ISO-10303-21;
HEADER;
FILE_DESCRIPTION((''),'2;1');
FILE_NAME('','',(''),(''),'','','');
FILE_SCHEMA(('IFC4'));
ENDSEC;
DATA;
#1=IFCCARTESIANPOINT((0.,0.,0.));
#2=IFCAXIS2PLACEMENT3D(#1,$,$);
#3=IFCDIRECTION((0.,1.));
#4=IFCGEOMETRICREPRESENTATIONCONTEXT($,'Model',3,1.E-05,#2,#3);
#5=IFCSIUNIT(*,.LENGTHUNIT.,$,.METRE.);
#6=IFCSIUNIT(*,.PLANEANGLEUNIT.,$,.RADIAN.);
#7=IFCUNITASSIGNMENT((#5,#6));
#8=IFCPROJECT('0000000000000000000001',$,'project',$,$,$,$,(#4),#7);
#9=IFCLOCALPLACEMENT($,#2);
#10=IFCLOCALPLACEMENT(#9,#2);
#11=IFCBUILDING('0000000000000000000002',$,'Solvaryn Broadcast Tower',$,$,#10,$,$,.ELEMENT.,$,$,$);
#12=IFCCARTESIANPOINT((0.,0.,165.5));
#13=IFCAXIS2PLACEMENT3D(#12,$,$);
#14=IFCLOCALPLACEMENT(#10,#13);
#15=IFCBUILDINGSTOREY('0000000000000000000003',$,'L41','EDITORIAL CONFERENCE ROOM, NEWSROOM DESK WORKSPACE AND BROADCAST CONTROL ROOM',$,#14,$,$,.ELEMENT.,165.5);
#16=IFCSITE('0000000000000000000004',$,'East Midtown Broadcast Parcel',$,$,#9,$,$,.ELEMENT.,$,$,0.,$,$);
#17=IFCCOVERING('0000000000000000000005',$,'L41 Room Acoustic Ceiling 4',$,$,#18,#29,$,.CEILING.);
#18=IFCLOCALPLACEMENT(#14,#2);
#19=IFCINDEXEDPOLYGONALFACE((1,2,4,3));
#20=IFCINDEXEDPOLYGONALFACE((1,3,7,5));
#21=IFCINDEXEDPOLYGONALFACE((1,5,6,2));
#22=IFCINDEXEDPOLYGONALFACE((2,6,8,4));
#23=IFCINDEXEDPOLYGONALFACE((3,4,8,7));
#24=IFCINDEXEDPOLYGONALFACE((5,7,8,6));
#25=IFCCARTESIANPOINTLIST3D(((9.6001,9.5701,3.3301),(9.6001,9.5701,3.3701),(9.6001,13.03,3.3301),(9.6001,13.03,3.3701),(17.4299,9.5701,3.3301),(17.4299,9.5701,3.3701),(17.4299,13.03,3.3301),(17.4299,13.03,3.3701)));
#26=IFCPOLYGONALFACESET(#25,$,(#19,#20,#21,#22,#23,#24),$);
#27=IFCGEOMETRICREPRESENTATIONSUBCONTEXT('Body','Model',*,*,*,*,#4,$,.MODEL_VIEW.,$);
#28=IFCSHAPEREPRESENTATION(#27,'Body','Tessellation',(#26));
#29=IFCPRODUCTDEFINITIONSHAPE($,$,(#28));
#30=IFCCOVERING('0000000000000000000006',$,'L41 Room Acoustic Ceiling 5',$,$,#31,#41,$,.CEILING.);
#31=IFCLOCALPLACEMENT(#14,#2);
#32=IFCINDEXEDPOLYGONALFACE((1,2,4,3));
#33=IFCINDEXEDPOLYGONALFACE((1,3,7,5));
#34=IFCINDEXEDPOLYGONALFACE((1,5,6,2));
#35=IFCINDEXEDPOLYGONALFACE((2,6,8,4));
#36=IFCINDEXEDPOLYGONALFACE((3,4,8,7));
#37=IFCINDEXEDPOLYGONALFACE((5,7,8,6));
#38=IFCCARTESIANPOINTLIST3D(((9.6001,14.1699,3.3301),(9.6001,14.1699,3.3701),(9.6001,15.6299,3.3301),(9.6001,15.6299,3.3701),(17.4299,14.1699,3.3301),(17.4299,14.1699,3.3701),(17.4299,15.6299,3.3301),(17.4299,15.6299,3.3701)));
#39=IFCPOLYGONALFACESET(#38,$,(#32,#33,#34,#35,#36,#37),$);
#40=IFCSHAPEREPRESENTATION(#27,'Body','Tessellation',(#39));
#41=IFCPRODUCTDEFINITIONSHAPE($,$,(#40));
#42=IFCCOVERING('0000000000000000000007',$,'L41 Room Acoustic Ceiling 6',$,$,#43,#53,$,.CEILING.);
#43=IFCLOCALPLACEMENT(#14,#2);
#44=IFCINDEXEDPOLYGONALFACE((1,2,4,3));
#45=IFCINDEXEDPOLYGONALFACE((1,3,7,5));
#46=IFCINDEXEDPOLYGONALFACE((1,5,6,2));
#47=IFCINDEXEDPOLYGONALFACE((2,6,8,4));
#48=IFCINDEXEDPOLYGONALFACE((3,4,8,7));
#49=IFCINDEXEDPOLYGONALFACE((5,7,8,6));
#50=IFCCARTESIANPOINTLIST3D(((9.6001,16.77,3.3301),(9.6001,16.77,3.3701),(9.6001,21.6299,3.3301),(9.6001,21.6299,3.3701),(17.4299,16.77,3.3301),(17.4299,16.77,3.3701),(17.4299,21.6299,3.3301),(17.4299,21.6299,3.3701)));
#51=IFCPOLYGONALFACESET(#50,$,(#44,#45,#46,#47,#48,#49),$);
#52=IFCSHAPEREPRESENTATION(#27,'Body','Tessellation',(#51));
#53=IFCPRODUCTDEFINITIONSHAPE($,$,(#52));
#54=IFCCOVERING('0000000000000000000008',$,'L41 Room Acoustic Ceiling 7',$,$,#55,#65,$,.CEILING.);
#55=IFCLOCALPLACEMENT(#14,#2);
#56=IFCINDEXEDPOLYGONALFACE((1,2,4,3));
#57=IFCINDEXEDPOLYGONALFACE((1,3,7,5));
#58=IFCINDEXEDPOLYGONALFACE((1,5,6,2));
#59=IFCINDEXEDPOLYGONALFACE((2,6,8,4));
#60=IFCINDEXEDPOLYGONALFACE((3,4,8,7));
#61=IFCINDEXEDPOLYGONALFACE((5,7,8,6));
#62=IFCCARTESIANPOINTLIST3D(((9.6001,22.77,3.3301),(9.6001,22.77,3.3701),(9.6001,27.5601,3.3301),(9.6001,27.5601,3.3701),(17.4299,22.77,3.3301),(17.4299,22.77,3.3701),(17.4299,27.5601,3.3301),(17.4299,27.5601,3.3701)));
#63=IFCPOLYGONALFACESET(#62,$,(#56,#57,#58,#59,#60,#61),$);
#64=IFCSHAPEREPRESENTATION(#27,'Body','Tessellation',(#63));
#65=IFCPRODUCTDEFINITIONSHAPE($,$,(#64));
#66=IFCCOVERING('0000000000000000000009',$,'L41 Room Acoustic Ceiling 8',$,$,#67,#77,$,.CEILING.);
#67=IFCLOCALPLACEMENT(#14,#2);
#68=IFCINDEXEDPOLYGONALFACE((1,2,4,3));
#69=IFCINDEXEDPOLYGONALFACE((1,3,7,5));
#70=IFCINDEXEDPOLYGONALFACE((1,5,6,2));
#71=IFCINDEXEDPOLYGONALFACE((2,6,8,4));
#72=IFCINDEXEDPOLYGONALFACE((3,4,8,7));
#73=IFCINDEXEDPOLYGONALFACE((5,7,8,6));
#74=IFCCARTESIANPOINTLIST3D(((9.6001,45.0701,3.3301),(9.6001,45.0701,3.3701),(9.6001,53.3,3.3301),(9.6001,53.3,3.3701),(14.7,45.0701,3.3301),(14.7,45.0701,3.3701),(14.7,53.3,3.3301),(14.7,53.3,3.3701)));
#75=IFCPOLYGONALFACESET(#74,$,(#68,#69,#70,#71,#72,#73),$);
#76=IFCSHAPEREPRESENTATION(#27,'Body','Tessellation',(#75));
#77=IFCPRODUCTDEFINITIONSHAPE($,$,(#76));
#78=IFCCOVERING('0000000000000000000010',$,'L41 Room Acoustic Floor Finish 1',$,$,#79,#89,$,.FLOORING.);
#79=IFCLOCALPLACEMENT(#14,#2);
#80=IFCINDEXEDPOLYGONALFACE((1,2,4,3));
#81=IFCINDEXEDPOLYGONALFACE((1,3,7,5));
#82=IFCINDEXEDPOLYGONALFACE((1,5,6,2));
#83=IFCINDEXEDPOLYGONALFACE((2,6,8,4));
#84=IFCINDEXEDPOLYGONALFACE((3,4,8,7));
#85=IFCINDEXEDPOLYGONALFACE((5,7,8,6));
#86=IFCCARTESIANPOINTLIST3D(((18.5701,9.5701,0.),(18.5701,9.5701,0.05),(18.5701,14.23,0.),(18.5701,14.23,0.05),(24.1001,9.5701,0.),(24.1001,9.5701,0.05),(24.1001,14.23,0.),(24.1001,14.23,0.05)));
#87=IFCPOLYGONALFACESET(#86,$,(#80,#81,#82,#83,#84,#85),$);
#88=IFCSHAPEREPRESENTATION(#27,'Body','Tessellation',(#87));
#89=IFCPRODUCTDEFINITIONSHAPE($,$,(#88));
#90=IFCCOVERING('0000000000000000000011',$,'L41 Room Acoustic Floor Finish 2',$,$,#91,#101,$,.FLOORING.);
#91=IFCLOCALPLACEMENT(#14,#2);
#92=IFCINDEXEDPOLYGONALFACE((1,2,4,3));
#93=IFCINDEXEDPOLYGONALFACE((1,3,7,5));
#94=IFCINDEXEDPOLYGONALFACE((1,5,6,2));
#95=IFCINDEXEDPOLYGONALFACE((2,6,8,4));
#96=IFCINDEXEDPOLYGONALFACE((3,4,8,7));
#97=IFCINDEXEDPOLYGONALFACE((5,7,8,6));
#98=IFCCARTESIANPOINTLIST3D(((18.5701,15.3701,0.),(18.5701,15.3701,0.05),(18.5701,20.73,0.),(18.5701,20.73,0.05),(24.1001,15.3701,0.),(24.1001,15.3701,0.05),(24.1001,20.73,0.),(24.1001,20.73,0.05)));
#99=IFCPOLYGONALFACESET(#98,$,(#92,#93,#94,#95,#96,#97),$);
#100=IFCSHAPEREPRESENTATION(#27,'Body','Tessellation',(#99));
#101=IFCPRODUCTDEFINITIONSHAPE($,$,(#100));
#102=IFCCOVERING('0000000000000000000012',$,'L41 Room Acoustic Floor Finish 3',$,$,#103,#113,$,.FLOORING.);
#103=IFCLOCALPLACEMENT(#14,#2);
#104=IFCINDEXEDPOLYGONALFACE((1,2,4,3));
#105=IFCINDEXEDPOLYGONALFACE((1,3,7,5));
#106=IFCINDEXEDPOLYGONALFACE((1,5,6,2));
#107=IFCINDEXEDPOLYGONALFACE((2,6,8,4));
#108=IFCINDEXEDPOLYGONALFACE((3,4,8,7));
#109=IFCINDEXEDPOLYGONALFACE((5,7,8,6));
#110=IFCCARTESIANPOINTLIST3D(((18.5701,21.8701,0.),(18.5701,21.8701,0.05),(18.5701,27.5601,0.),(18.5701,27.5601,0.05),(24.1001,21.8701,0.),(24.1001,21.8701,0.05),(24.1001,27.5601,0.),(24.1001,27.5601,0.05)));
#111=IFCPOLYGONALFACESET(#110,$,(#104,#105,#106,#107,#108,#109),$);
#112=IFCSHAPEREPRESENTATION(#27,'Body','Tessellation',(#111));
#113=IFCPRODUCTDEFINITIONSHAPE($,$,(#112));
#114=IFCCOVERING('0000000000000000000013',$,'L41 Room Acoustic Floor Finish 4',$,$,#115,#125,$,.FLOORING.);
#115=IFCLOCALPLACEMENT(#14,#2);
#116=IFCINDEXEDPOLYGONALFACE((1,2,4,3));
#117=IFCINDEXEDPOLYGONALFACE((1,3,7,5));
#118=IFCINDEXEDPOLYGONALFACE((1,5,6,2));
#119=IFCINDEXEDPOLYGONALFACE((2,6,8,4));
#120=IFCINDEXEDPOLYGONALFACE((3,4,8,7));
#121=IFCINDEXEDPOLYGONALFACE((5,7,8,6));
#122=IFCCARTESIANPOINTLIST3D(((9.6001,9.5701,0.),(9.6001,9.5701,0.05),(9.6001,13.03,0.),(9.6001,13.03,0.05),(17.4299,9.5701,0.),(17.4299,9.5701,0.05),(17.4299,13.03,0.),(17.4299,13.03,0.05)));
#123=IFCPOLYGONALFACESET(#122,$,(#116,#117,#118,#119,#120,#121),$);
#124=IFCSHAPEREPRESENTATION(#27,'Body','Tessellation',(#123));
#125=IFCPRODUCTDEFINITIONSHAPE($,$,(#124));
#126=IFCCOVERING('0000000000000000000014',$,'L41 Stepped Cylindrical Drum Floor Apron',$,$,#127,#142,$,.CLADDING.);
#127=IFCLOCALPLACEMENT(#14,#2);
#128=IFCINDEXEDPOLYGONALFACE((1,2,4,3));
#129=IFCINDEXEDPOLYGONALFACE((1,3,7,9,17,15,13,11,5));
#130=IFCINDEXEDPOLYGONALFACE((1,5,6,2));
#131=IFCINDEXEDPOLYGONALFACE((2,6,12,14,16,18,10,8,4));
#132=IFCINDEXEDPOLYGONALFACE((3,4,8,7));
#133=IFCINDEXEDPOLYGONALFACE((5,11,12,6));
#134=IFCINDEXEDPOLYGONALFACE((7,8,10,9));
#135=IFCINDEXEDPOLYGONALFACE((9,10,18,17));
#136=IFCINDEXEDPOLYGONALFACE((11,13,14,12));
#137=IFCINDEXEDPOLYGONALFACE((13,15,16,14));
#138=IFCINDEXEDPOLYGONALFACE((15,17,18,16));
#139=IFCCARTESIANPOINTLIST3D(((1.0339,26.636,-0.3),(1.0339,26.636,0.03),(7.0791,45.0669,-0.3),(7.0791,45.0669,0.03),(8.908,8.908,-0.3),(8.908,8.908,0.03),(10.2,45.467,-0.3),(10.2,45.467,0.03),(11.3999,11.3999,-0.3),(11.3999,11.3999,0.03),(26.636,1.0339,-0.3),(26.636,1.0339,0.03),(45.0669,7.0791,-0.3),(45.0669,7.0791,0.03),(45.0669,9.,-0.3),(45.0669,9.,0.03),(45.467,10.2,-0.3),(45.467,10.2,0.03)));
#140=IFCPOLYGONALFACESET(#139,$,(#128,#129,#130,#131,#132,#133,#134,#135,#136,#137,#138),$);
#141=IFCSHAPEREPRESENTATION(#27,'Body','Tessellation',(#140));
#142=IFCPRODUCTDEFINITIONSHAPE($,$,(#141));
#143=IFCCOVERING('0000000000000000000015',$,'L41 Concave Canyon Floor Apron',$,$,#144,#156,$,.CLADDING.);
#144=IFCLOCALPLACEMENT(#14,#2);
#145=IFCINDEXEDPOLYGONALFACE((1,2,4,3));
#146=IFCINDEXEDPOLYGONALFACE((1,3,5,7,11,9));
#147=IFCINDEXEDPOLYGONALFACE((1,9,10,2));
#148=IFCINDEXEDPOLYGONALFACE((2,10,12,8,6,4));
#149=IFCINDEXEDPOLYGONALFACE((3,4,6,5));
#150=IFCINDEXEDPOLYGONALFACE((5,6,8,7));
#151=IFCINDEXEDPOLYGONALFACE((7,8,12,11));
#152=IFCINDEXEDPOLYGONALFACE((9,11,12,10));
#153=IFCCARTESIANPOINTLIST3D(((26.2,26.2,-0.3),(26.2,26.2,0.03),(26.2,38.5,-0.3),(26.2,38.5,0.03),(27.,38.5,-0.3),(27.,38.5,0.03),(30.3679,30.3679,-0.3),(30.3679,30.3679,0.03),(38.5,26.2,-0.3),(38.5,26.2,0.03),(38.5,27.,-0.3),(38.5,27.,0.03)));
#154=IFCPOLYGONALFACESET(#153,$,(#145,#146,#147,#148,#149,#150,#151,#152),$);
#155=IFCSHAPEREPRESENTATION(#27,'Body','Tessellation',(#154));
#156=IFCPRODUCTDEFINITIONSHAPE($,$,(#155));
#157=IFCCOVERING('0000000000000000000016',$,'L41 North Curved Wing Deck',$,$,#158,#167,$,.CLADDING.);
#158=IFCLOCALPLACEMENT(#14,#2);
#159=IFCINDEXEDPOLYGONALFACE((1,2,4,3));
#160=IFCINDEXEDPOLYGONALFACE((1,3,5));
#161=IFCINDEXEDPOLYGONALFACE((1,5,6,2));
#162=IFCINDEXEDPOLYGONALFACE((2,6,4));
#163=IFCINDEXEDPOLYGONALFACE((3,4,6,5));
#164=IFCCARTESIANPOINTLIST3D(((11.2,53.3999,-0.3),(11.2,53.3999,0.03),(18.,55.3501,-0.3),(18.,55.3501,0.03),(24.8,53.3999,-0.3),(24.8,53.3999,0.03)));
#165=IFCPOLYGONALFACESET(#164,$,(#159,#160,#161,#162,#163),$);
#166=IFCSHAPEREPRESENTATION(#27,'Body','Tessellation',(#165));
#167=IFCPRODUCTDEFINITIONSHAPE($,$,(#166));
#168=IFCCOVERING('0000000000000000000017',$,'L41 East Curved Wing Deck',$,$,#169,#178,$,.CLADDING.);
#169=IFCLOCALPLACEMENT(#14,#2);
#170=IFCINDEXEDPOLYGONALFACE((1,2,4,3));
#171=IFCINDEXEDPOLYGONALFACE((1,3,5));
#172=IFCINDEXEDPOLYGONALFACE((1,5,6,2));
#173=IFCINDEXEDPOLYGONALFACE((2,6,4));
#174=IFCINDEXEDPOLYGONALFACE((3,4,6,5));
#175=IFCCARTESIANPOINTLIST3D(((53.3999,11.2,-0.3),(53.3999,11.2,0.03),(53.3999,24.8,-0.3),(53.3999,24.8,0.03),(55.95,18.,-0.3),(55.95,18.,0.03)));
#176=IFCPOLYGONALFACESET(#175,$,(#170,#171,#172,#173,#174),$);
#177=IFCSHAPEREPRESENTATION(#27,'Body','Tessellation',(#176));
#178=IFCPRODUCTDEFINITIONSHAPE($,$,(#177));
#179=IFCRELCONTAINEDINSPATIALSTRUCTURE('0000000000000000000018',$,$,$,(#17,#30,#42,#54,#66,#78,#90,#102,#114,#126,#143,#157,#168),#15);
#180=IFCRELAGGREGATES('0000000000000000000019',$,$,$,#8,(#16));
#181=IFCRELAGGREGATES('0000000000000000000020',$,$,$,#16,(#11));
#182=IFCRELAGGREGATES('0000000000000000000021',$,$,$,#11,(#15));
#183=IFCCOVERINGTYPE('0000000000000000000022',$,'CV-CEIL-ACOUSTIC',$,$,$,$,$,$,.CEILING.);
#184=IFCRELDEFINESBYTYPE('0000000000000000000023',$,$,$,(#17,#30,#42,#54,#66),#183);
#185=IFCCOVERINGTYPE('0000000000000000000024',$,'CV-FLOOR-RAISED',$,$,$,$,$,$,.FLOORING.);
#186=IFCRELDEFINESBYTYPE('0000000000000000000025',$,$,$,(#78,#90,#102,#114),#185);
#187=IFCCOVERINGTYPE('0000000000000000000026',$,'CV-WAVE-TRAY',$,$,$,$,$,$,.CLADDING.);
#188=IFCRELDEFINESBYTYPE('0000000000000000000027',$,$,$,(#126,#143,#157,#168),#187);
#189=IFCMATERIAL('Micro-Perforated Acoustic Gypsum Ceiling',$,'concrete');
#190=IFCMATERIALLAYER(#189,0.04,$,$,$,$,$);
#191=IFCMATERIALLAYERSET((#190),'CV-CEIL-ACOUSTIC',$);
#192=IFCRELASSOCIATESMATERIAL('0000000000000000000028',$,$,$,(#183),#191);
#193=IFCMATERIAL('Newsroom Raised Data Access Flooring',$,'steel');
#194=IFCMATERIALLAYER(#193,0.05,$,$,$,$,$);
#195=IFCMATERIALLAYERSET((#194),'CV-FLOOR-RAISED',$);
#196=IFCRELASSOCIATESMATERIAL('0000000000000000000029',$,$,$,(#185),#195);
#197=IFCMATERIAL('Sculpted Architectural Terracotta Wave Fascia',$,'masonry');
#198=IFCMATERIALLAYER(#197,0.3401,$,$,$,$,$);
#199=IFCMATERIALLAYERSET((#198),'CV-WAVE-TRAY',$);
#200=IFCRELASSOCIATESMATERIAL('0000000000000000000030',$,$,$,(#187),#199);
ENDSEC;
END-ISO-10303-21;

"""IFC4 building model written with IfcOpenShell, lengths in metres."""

from ifc_helpers import new_model, si_unit, direction, frame, origin, place, context, subcontext, project, spatial, polyline, outline, extrude, material, layer, layer_set, type_object, element, save


model = new_model("IFC4")

# Units and contexts
model_context = context("Model", 3, precision=1e-05, world=origin(), true_north=direction((0.0, 1.0)))
body_context = subcontext(model_context, "Body", "Model", "MODEL_VIEW")
ifc_project = project(units=[si_unit("LENGTHUNIT", "METRE"), si_unit("PLANEANGLEUNIT", "RADIAN")], contexts=[model_context])

# Site, building, storey
site_placement = place(None, origin())
site = spatial("IfcSite", under=ifc_project, at=site_placement, Name="East Midtown Broadcast Parcel", CompositionType="ELEMENT", RefElevation=0.0)
building_placement = place(site_placement, origin())
building = spatial("IfcBuilding", under=site, at=building_placement, Name="Solvaryn Broadcast Tower", CompositionType="ELEMENT")
storey_placement = place(building_placement, frame((0.0, 0.0, 165.5)))
storey = spatial("IfcBuildingStorey", under=building, at=storey_placement, Name="L41", Description="EDITORIAL CONFERENCE ROOM, NEWSROOM DESK WORKSPACE AND BROADCAST CONTROL ROOM", CompositionType="ELEMENT", Elevation=165.5)

# Coverings
ifc_material_1 = material(Name="Micro-Perforated Acoustic Gypsum Ceiling", Category="concrete")
ifc_layer_1 = layer(ifc_material_1, 0.04)
ifc_layer_set_1 = layer_set([ifc_layer_1], Name="CV-CEIL-ACOUSTIC")
covering_type_1 = type_object("IfcCoveringType", Name="CV-CEIL-ACOUSTIC", PredefinedType="CEILING", material=ifc_layer_set_1)
covering_1_placement = place(storey_placement, frame((0.0, 0.0, 3.3301)))
element("IfcCovering", 1, at=covering_1_placement, inside=storey, type_object=covering_type_1, Name="L41 Room Acoustic Ceiling 4", PredefinedType="CEILING", context=body_context, shape_type="SweptSolid", body=[
    extrude(outline(polyline([(9.6001, 9.5701), (17.4299, 9.5701), (17.4299, 13.03), (9.6001, 13.03), (9.6001, 9.5701)])), origin(), (0.0, 0.0, 1.0), 0.04),
])
covering_2_placement = place(storey_placement, frame((0.0, 0.0, 3.3301)))
element("IfcCovering", 2, at=covering_2_placement, inside=storey, type_object=covering_type_1, Name="L41 Room Acoustic Ceiling 5", PredefinedType="CEILING", context=body_context, shape_type="SweptSolid", body=[
    extrude(outline(polyline([(9.6001, 14.1699), (17.4299, 14.1699), (17.4299, 15.6299), (9.6001, 15.6299), (9.6001, 14.1699)])), origin(), (0.0, 0.0, 1.0), 0.04),
])
covering_3_placement = place(storey_placement, frame((0.0, 0.0, 3.3301)))
element("IfcCovering", 3, at=covering_3_placement, inside=storey, type_object=covering_type_1, Name="L41 Room Acoustic Ceiling 6", PredefinedType="CEILING", context=body_context, shape_type="SweptSolid", body=[
    extrude(outline(polyline([(9.6001, 16.77), (17.4299, 16.77), (17.4299, 21.6299), (9.6001, 21.6299), (9.6001, 16.77)])), origin(), (0.0, 0.0, 1.0), 0.04),
])
covering_4_placement = place(storey_placement, frame((0.0, 0.0, 3.3301)))
element("IfcCovering", 4, at=covering_4_placement, inside=storey, type_object=covering_type_1, Name="L41 Room Acoustic Ceiling 7", PredefinedType="CEILING", context=body_context, shape_type="SweptSolid", body=[
    extrude(outline(polyline([(9.6001, 22.77), (17.4299, 22.77), (17.4299, 27.5601), (9.6001, 27.5601), (9.6001, 22.77)])), origin(), (0.0, 0.0, 1.0), 0.04),
])
covering_5_placement = place(storey_placement, frame((0.0, 0.0, 3.3301)))
element("IfcCovering", 5, at=covering_5_placement, inside=storey, type_object=covering_type_1, Name="L41 Room Acoustic Ceiling 8", PredefinedType="CEILING", context=body_context, shape_type="SweptSolid", body=[
    extrude(outline(polyline([(9.6001, 45.0701), (14.7, 45.0701), (14.7, 53.3), (9.6001, 53.3), (9.6001, 45.0701)])), origin(), (0.0, 0.0, 1.0), 0.04),
])
ifc_material_2 = material(Name="Newsroom Raised Data Access Flooring", Category="steel")
ifc_layer_2 = layer(ifc_material_2, 0.05)
ifc_layer_set_2 = layer_set([ifc_layer_2], Name="CV-FLOOR-RAISED")
covering_type_2 = type_object("IfcCoveringType", Name="CV-FLOOR-RAISED", PredefinedType="FLOORING", material=ifc_layer_set_2)
covering_6_placement = place(storey_placement, origin())
element("IfcCovering", 6, at=covering_6_placement, inside=storey, type_object=covering_type_2, Name="L41 Room Acoustic Floor Finish 1", PredefinedType="FLOORING", context=body_context, shape_type="SweptSolid", body=[
    extrude(outline(polyline([(18.5701, 9.5701), (24.1001, 9.5701), (24.1001, 14.23), (18.5701, 14.23), (18.5701, 9.5701)])), origin(), (0.0, 0.0, 1.0), 0.05),
])
covering_7_placement = place(storey_placement, origin())
element("IfcCovering", 7, at=covering_7_placement, inside=storey, type_object=covering_type_2, Name="L41 Room Acoustic Floor Finish 2", PredefinedType="FLOORING", context=body_context, shape_type="SweptSolid", body=[
    extrude(outline(polyline([(18.5701, 15.3701), (24.1001, 15.3701), (24.1001, 20.73), (18.5701, 20.73), (18.5701, 15.3701)])), origin(), (0.0, 0.0, 1.0), 0.05),
])
covering_8_placement = place(storey_placement, origin())
element("IfcCovering", 8, at=covering_8_placement, inside=storey, type_object=covering_type_2, Name="L41 Room Acoustic Floor Finish 3", PredefinedType="FLOORING", context=body_context, shape_type="SweptSolid", body=[
    extrude(outline(polyline([(18.5701, 21.8701), (24.1001, 21.8701), (24.1001, 27.5601), (18.5701, 27.5601), (18.5701, 21.8701)])), origin(), (0.0, 0.0, 1.0), 0.05),
])
covering_9_placement = place(storey_placement, origin())
element("IfcCovering", 9, at=covering_9_placement, inside=storey, type_object=covering_type_2, Name="L41 Room Acoustic Floor Finish 4", PredefinedType="FLOORING", context=body_context, shape_type="SweptSolid", body=[
    extrude(outline(polyline([(9.6001, 9.5701), (17.4299, 9.5701), (17.4299, 13.03), (9.6001, 13.03), (9.6001, 9.5701)])), origin(), (0.0, 0.0, 1.0), 0.05),
])
ifc_material_3 = material(Name="Sculpted Architectural Terracotta Wave Fascia", Category="masonry")
ifc_layer_3 = layer(ifc_material_3, 0.3401)
ifc_layer_set_3 = layer_set([ifc_layer_3], Name="CV-WAVE-TRAY")
covering_type_3 = type_object("IfcCoveringType", Name="CV-WAVE-TRAY", PredefinedType="CLADDING", material=ifc_layer_set_3)
covering_10_placement = place(storey_placement, frame((0.0, 0.0, -0.3)))
element("IfcCovering", 10, at=covering_10_placement, inside=storey, type_object=covering_type_3, Name="L41 Stepped Cylindrical Drum Floor Apron", PredefinedType="CLADDING", context=body_context, shape_type="SweptSolid", body=[
    extrude(outline(polyline([(10.2, 45.467), (7.0791, 45.0669), (1.0339, 26.636), (8.908, 8.908), (26.636, 1.0339), (45.0669, 7.0791), (45.0669, 9.0), (45.467, 10.2), (11.3999, 11.3999), (10.2, 45.467)])), origin(), (0.0, 0.0, 1.0), 0.3301),
])
covering_11_placement = place(storey_placement, frame((0.0, 0.0, -0.3)))
element("IfcCovering", 11, at=covering_11_placement, inside=storey, type_object=covering_type_3, Name="L41 Concave Canyon Floor Apron", PredefinedType="CLADDING", context=body_context, shape_type="SweptSolid", body=[
    extrude(outline(polyline([(26.2, 26.2), (38.5, 26.2), (38.5, 27.0), (30.3679, 30.3679), (27.0, 38.5), (26.2, 38.5), (26.2, 26.2)])), origin(), (0.0, 0.0, 1.0), 0.3301),
])
covering_12_placement = place(storey_placement, frame((0.0, 0.0, -0.3)))
element("IfcCovering", 12, at=covering_12_placement, inside=storey, type_object=covering_type_3, Name="L41 North Curved Wing Deck", PredefinedType="CLADDING", context=body_context, shape_type="SweptSolid", body=[
    extrude(outline(polyline([(11.2, 53.3999), (24.8, 53.3999), (18.0, 55.3501), (11.2, 53.3999)])), origin(), (0.0, 0.0, 1.0), 0.3301),
])
covering_13_placement = place(storey_placement, frame((0.0, 0.0, -0.3)))
element("IfcCovering", 13, at=covering_13_placement, inside=storey, type_object=covering_type_3, Name="L41 East Curved Wing Deck", PredefinedType="CLADDING", context=body_context, shape_type="SweptSolid", body=[
    extrude(outline(polyline([(53.3999, 11.2), (55.95, 18.0), (53.3999, 24.8), (53.3999, 11.2)])), origin(), (0.0, 0.0, 1.0), 0.3301),
])

save(model, "model.ifc")
